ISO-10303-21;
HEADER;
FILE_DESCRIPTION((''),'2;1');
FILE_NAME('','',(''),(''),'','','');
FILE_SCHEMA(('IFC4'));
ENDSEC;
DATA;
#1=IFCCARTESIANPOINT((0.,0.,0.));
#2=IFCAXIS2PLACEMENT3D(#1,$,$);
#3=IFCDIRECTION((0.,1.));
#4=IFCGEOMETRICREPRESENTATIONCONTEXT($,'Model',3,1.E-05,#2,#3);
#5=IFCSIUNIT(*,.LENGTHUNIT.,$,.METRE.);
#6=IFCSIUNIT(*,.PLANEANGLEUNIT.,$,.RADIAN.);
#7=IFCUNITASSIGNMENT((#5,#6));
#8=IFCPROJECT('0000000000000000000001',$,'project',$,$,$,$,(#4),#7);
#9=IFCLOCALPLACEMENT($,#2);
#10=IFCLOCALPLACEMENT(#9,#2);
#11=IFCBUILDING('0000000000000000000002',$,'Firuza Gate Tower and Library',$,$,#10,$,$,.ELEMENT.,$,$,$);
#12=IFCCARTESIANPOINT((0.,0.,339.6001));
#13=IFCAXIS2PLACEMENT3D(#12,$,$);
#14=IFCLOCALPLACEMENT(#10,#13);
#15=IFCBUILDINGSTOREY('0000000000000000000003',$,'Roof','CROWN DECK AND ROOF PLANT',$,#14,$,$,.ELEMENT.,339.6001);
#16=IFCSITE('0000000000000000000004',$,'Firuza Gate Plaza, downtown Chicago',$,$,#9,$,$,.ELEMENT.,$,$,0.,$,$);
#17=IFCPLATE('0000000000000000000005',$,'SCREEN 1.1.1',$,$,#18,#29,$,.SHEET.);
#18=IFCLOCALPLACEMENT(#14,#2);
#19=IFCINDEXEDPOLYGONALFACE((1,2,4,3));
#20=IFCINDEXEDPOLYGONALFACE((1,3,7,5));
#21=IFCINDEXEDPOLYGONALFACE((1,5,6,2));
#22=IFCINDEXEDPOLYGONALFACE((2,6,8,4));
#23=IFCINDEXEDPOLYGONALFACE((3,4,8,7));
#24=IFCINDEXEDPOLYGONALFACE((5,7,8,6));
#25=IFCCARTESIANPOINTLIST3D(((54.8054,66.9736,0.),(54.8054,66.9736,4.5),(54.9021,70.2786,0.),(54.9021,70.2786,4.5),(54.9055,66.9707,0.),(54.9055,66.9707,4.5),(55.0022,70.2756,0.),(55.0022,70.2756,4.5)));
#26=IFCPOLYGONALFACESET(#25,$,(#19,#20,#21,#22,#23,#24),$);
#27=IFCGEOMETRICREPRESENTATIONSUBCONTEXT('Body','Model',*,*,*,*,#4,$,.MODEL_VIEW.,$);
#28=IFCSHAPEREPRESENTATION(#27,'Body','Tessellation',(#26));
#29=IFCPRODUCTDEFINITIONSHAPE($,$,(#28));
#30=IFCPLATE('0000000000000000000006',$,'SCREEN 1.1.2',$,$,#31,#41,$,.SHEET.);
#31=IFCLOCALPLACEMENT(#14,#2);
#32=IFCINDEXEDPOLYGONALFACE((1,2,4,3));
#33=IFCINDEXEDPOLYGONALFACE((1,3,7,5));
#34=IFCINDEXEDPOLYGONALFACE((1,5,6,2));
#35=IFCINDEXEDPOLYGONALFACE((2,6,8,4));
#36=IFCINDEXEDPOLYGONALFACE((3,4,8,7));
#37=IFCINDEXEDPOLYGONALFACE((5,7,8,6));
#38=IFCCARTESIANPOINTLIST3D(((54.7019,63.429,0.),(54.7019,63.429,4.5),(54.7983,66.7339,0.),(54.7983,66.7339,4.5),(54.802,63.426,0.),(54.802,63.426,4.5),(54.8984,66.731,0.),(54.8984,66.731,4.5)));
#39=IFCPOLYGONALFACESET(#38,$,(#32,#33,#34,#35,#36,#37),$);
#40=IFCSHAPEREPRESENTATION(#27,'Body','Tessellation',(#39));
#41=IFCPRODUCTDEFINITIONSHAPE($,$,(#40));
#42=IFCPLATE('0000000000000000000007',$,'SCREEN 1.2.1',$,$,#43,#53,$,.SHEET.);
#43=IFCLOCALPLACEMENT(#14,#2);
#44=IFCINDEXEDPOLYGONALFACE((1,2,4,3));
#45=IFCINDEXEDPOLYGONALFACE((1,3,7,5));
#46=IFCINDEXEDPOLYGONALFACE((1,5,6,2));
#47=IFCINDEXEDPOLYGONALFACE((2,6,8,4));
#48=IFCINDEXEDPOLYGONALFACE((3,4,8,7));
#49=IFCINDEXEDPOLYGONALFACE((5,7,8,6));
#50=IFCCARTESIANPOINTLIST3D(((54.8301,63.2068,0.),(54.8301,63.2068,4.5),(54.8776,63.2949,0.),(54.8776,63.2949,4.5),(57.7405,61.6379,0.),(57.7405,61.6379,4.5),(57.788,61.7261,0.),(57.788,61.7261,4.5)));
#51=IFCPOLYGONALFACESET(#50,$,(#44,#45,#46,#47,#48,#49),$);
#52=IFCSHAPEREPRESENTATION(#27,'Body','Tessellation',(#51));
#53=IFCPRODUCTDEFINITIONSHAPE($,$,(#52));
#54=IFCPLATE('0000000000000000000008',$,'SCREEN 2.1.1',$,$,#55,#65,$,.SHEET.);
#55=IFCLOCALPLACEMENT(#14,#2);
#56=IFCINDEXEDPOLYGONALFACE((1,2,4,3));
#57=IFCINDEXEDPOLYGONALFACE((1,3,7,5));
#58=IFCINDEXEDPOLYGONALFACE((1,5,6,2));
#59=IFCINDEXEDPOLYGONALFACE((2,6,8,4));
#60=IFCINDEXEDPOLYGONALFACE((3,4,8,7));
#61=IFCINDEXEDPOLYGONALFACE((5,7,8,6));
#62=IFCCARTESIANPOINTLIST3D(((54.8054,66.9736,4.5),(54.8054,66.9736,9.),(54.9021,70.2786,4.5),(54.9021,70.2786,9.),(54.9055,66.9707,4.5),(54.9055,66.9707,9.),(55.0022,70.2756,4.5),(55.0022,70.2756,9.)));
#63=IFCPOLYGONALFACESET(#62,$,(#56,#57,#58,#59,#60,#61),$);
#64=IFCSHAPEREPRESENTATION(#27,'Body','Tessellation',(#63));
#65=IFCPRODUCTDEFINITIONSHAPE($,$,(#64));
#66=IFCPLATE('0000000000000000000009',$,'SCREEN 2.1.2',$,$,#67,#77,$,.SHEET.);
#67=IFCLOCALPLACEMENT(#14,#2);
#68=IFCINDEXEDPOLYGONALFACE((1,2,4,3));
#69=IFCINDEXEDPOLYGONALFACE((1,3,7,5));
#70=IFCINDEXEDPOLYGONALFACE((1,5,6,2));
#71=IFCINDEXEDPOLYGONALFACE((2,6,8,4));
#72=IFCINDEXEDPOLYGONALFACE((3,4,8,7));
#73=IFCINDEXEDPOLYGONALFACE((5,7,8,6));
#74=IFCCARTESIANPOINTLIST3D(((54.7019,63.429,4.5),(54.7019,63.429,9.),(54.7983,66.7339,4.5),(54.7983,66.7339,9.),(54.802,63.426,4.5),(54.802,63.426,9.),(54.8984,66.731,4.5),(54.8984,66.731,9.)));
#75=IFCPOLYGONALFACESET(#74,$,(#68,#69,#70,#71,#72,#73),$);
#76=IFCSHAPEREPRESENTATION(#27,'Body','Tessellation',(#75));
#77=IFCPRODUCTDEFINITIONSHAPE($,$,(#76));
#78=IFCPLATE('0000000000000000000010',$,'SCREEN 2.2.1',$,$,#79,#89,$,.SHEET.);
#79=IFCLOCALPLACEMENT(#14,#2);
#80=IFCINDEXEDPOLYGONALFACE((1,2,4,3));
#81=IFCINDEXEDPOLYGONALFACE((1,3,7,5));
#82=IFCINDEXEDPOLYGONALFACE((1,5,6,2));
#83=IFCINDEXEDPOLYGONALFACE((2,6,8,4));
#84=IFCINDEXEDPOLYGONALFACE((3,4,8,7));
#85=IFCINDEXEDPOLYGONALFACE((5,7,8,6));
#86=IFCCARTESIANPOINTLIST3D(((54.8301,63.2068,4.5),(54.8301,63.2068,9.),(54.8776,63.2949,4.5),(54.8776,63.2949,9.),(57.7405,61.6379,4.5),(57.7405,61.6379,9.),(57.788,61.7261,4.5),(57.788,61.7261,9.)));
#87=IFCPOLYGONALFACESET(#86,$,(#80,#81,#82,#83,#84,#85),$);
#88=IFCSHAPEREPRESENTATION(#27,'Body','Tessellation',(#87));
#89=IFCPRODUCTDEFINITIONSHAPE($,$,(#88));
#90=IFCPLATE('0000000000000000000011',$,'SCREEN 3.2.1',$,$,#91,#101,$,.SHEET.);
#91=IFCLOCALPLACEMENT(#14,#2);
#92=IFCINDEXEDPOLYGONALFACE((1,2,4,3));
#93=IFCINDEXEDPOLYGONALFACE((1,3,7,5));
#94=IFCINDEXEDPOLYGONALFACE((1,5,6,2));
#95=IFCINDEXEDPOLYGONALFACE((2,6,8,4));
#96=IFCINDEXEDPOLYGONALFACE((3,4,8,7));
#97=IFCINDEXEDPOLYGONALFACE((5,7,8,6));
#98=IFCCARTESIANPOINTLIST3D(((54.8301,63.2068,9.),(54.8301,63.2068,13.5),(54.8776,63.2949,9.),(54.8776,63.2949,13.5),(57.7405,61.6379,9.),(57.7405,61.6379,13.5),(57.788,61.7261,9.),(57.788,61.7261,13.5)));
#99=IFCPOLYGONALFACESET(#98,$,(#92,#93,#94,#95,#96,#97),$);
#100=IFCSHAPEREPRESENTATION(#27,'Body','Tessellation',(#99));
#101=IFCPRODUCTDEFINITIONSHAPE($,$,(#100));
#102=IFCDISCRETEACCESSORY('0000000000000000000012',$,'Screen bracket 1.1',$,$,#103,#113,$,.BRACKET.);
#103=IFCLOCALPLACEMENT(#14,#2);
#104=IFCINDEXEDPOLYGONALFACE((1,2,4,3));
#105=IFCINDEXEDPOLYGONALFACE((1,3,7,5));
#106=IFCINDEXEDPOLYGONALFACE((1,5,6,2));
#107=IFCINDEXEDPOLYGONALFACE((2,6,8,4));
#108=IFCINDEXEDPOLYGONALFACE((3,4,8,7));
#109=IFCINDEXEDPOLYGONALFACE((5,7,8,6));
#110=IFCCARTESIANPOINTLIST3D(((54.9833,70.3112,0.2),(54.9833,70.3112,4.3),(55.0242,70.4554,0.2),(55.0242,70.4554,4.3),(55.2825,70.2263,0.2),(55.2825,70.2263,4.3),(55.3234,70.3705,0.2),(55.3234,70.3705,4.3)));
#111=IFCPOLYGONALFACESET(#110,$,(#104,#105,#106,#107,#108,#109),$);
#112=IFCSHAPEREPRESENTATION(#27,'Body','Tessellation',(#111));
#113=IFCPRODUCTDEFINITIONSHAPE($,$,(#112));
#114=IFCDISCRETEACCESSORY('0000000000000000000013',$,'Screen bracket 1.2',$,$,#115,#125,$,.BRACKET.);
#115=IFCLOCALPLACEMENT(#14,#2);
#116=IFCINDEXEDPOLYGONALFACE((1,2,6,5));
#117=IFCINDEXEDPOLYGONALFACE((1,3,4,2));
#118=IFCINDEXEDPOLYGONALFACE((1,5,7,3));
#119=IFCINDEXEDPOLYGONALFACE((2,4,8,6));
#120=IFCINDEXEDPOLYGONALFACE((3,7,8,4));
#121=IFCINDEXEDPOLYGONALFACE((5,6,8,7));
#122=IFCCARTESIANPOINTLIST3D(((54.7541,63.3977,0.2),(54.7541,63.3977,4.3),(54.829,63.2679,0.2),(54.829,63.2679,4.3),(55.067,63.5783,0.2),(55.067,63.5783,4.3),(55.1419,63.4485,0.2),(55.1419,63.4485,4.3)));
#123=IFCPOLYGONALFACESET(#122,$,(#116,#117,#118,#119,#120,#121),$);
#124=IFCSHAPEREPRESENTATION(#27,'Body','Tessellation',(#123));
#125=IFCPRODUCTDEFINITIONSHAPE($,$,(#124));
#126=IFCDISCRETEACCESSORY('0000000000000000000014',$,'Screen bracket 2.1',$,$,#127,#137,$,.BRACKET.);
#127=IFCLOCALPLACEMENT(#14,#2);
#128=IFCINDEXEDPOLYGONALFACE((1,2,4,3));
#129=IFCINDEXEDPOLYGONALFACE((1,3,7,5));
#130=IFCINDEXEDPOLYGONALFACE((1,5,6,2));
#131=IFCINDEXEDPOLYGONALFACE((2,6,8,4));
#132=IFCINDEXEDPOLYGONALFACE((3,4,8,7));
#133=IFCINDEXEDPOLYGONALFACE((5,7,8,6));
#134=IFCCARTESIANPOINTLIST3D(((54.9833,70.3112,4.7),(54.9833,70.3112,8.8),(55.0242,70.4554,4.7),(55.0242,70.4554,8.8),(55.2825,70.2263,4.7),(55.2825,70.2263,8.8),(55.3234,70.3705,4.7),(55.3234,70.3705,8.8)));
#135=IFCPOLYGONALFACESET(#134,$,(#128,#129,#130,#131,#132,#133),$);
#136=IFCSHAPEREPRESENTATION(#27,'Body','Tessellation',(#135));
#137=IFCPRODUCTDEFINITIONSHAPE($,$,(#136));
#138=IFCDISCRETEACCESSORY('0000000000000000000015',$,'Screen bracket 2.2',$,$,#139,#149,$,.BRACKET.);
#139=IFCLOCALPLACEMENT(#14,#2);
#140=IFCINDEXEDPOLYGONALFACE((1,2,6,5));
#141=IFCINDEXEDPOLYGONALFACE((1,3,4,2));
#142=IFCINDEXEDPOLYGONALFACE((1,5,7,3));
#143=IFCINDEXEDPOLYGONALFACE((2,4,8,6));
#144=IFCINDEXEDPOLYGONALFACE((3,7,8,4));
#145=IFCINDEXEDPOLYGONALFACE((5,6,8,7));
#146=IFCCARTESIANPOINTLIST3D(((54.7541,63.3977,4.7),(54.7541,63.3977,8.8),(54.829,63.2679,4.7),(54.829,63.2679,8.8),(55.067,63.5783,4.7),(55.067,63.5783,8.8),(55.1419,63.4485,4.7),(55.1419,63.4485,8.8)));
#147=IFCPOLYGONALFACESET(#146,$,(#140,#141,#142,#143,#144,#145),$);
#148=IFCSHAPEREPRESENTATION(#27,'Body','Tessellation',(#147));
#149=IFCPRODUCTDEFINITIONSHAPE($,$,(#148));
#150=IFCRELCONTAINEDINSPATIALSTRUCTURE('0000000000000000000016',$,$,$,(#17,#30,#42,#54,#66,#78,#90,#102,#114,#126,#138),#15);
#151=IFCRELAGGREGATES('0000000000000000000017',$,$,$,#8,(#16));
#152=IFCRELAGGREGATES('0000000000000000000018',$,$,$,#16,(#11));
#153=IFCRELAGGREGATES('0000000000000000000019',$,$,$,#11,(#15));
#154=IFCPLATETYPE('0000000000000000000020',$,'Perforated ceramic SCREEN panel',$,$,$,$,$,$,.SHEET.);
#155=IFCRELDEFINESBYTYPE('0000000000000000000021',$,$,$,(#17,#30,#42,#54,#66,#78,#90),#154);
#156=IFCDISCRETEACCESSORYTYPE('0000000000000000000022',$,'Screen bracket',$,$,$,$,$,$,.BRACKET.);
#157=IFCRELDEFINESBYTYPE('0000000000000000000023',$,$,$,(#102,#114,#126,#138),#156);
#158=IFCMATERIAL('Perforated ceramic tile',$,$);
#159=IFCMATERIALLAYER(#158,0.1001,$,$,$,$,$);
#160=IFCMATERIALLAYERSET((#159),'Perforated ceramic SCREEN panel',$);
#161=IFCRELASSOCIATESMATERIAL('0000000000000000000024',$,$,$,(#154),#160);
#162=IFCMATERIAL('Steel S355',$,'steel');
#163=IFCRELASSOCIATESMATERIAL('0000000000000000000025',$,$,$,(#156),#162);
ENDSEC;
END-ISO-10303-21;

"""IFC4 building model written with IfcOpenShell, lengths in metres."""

from ifc_helpers import new_model, si_unit, direction, frame, origin, origin_2d, place, context, subcontext, project, spatial, polyline, rectangle, outline, extrude, material, layer, layer_set, type_object, element, save


model = new_model("IFC4")

# Units and contexts
model_context = context("Model", 3, precision=1e-05, world=origin(), true_north=direction((0.0, 1.0)))
body_context = subcontext(model_context, "Body", "Model", "MODEL_VIEW")
ifc_project = project(units=[si_unit("LENGTHUNIT", "METRE"), si_unit("PLANEANGLEUNIT", "RADIAN")], contexts=[model_context])

# Site, building, storey
site_placement = place(None, origin())
site = spatial("IfcSite", under=ifc_project, at=site_placement, Name="Firuza Gate Plaza, downtown Chicago", CompositionType="ELEMENT", RefElevation=0.0)
building_placement = place(site_placement, origin())
building = spatial("IfcBuilding", under=site, at=building_placement, Name="Firuza Gate Tower and Library", CompositionType="ELEMENT")
storey_placement = place(building_placement, frame((0.0, 0.0, 339.6001)))
storey = spatial("IfcBuildingStorey", under=building, at=storey_placement, Name="Roof", Description="CROWN DECK AND ROOF PLANT", CompositionType="ELEMENT", Elevation=339.6001)

# Plates
ifc_material_1 = material(Name="Perforated ceramic tile")
ifc_layer = layer(ifc_material_1, 0.1001)
ifc_layer_set = layer_set([ifc_layer], Name="Perforated ceramic SCREEN panel")
plate_type = type_object("IfcPlateType", Name="Perforated ceramic SCREEN panel", PredefinedType="SHEET", material=ifc_layer_set)
plate_1_placement = place(storey_placement, frame((54.9021, 70.2786, 0.0), z_axis=(-0.999572, 0.029241, 0.0), x_axis=(-0.029241, -0.999572, 0.0)))
element("IfcPlate", 1, at=plate_1_placement, inside=storey, type_object=plate_type, Name="SCREEN 1.1.1", PredefinedType="SHEET", context=body_context, shape_type="SweptSolid", body=[
    extrude(outline(polyline([(0.0, 0.0), (3.3063, 0.0), (3.3063, 4.5), (0.0, 4.5), (0.0, 0.0)])), origin(), (0.0, 0.0, -1.0), 0.1001),
])
plate_2_placement = place(storey_placement, frame((54.7983, 66.7339, 0.0), z_axis=(-0.999575, 0.029167, 0.0), x_axis=(-0.029167, -0.999575, 0.0)))
element("IfcPlate", 2, at=plate_2_placement, inside=storey, type_object=plate_type, Name="SCREEN 1.1.2", PredefinedType="SHEET", context=body_context, shape_type="SweptSolid", body=[
    extrude(outline(polyline([(0.0, 0.0), (3.3063, 0.0), (3.3063, 4.5), (0.0, 4.5), (0.0, 0.0)])), origin(), (0.0, 0.0, -1.0), 0.1001),
])
plate_3_placement = place(storey_placement, frame((54.8301, 63.2068, 0.0), z_axis=(-0.4745, -0.880255, 0.0), x_axis=(0.880255, -0.4745, 0.0)))
element("IfcPlate", 3, at=plate_3_placement, inside=storey, type_object=plate_type, Name="SCREEN 1.2.1", PredefinedType="SHEET", context=body_context, shape_type="SweptSolid", body=[
    extrude(outline(polyline([(0.0, 0.0), (3.3063, 0.0), (3.3063, 4.5), (0.0, 4.5), (0.0, 0.0)])), origin(), (0.0, 0.0, -1.0), 0.1001),
])
plate_4_placement = place(storey_placement, frame((54.9021, 70.2786, 4.5), z_axis=(-0.999572, 0.029241, 0.0), x_axis=(-0.029241, -0.999572, 0.0)))
element("IfcPlate", 4, at=plate_4_placement, inside=storey, type_object=plate_type, Name="SCREEN 2.1.1", PredefinedType="SHEET", context=body_context, shape_type="SweptSolid", body=[
    extrude(outline(polyline([(0.0, 0.0), (3.3063, 0.0), (3.3063, 4.5), (0.0, 4.5), (0.0, 0.0)])), origin(), (0.0, 0.0, -1.0), 0.1001),
])
plate_5_placement = place(storey_placement, frame((54.7983, 66.7339, 4.5), z_axis=(-0.999575, 0.029167, 0.0), x_axis=(-0.029167, -0.999575, 0.0)))
element("IfcPlate", 5, at=plate_5_placement, inside=storey, type_object=plate_type, Name="SCREEN 2.1.2", PredefinedType="SHEET", context=body_context, shape_type="SweptSolid", body=[
    extrude(outline(polyline([(0.0, 0.0), (3.3063, 0.0), (3.3063, 4.5), (0.0, 4.5), (0.0, 0.0)])), origin(), (0.0, 0.0, -1.0), 0.1001),
])
for number, where, z_axis, x_axis, name in (
    (6, (54.8301, 63.2068, 4.5), (-0.4745, -0.880255, 0.0), (0.880255, -0.4745, 0.0), "SCREEN 2.2.1"),
    (7, (54.8301, 63.2068, 9.0), (-0.4745, -0.880255, 0.0), (0.880255, -0.4745, 0.0), "SCREEN 3.2.1"),
):
    element("IfcPlate", number, at=place(storey_placement, frame(where, z_axis=z_axis, x_axis=x_axis)), inside=storey, type_object=plate_type, Name=name, PredefinedType="SHEET", context=body_context, shape_type="SweptSolid", body=[
        extrude(outline(polyline([(0.0, 0.0), (3.3063, 0.0), (3.3063, 4.5), (0.0, 4.5), (0.0, 0.0)])), origin(), (0.0, 0.0, -1.0), 0.1001),
    ])

# Discrete accessories
ifc_material_2 = material(Name="Steel S355", Category="steel")
discrete_accessory_type = type_object("IfcDiscreteAccessoryType", Name="Screen bracket", PredefinedType="BRACKET", material=ifc_material_2)
discrete_accessory_1_placement = place(storey_placement, frame((55.1533, 70.3408, 0.2), z_axis=(0.0, 0.0, 1.0), x_axis=(-0.962041, 0.272906, 0.0)))
element("IfcDiscreteAccessory", 8, at=discrete_accessory_1_placement, inside=storey, type_object=discrete_accessory_type, Name="Screen bracket 1.1", PredefinedType="BRACKET", context=body_context, shape_type="SweptSolid", body=[
    extrude(rectangle(XDim=0.311, YDim=0.1499, at=origin_2d()), origin(), (0.0, 0.0, 1.0), 4.1001),
])
discrete_accessory_2_placement = place(storey_placement, frame((54.948, 63.4231, 0.2), z_axis=(0.0, 0.0, 1.0), x_axis=(-0.866025, -0.5, 0.0)))
element("IfcDiscreteAccessory", 9, at=discrete_accessory_2_placement, inside=storey, type_object=discrete_accessory_type, Name="Screen bracket 1.2", PredefinedType="BRACKET", context=body_context, shape_type="SweptSolid", body=[
    extrude(rectangle(XDim=0.3613, YDim=0.1499, at=origin_2d()), origin(), (0.0, 0.0, 1.0), 4.1001),
])
discrete_accessory_3_placement = place(storey_placement, frame((55.1533, 70.3408, 4.7), z_axis=(0.0, 0.0, 1.0), x_axis=(-0.962041, 0.272906, 0.0)))
element("IfcDiscreteAccessory", 10, at=discrete_accessory_3_placement, inside=storey, type_object=discrete_accessory_type, Name="Screen bracket 2.1", PredefinedType="BRACKET", context=body_context, shape_type="SweptSolid", body=[
    extrude(rectangle(XDim=0.311, YDim=0.1499, at=origin_2d()), origin(), (0.0, 0.0, 1.0), 4.1001),
])
discrete_accessory_4_placement = place(storey_placement, frame((54.948, 63.4231, 4.7), z_axis=(0.0, 0.0, 1.0), x_axis=(-0.866025, -0.5, 0.0)))
element("IfcDiscreteAccessory", 11, at=discrete_accessory_4_placement, inside=storey, type_object=discrete_accessory_type, Name="Screen bracket 2.2", PredefinedType="BRACKET", context=body_context, shape_type="SweptSolid", body=[
    extrude(rectangle(XDim=0.3613, YDim=0.1499, at=origin_2d()), origin(), (0.0, 0.0, 1.0), 4.1001),
])

save(model, "model.ifc")
